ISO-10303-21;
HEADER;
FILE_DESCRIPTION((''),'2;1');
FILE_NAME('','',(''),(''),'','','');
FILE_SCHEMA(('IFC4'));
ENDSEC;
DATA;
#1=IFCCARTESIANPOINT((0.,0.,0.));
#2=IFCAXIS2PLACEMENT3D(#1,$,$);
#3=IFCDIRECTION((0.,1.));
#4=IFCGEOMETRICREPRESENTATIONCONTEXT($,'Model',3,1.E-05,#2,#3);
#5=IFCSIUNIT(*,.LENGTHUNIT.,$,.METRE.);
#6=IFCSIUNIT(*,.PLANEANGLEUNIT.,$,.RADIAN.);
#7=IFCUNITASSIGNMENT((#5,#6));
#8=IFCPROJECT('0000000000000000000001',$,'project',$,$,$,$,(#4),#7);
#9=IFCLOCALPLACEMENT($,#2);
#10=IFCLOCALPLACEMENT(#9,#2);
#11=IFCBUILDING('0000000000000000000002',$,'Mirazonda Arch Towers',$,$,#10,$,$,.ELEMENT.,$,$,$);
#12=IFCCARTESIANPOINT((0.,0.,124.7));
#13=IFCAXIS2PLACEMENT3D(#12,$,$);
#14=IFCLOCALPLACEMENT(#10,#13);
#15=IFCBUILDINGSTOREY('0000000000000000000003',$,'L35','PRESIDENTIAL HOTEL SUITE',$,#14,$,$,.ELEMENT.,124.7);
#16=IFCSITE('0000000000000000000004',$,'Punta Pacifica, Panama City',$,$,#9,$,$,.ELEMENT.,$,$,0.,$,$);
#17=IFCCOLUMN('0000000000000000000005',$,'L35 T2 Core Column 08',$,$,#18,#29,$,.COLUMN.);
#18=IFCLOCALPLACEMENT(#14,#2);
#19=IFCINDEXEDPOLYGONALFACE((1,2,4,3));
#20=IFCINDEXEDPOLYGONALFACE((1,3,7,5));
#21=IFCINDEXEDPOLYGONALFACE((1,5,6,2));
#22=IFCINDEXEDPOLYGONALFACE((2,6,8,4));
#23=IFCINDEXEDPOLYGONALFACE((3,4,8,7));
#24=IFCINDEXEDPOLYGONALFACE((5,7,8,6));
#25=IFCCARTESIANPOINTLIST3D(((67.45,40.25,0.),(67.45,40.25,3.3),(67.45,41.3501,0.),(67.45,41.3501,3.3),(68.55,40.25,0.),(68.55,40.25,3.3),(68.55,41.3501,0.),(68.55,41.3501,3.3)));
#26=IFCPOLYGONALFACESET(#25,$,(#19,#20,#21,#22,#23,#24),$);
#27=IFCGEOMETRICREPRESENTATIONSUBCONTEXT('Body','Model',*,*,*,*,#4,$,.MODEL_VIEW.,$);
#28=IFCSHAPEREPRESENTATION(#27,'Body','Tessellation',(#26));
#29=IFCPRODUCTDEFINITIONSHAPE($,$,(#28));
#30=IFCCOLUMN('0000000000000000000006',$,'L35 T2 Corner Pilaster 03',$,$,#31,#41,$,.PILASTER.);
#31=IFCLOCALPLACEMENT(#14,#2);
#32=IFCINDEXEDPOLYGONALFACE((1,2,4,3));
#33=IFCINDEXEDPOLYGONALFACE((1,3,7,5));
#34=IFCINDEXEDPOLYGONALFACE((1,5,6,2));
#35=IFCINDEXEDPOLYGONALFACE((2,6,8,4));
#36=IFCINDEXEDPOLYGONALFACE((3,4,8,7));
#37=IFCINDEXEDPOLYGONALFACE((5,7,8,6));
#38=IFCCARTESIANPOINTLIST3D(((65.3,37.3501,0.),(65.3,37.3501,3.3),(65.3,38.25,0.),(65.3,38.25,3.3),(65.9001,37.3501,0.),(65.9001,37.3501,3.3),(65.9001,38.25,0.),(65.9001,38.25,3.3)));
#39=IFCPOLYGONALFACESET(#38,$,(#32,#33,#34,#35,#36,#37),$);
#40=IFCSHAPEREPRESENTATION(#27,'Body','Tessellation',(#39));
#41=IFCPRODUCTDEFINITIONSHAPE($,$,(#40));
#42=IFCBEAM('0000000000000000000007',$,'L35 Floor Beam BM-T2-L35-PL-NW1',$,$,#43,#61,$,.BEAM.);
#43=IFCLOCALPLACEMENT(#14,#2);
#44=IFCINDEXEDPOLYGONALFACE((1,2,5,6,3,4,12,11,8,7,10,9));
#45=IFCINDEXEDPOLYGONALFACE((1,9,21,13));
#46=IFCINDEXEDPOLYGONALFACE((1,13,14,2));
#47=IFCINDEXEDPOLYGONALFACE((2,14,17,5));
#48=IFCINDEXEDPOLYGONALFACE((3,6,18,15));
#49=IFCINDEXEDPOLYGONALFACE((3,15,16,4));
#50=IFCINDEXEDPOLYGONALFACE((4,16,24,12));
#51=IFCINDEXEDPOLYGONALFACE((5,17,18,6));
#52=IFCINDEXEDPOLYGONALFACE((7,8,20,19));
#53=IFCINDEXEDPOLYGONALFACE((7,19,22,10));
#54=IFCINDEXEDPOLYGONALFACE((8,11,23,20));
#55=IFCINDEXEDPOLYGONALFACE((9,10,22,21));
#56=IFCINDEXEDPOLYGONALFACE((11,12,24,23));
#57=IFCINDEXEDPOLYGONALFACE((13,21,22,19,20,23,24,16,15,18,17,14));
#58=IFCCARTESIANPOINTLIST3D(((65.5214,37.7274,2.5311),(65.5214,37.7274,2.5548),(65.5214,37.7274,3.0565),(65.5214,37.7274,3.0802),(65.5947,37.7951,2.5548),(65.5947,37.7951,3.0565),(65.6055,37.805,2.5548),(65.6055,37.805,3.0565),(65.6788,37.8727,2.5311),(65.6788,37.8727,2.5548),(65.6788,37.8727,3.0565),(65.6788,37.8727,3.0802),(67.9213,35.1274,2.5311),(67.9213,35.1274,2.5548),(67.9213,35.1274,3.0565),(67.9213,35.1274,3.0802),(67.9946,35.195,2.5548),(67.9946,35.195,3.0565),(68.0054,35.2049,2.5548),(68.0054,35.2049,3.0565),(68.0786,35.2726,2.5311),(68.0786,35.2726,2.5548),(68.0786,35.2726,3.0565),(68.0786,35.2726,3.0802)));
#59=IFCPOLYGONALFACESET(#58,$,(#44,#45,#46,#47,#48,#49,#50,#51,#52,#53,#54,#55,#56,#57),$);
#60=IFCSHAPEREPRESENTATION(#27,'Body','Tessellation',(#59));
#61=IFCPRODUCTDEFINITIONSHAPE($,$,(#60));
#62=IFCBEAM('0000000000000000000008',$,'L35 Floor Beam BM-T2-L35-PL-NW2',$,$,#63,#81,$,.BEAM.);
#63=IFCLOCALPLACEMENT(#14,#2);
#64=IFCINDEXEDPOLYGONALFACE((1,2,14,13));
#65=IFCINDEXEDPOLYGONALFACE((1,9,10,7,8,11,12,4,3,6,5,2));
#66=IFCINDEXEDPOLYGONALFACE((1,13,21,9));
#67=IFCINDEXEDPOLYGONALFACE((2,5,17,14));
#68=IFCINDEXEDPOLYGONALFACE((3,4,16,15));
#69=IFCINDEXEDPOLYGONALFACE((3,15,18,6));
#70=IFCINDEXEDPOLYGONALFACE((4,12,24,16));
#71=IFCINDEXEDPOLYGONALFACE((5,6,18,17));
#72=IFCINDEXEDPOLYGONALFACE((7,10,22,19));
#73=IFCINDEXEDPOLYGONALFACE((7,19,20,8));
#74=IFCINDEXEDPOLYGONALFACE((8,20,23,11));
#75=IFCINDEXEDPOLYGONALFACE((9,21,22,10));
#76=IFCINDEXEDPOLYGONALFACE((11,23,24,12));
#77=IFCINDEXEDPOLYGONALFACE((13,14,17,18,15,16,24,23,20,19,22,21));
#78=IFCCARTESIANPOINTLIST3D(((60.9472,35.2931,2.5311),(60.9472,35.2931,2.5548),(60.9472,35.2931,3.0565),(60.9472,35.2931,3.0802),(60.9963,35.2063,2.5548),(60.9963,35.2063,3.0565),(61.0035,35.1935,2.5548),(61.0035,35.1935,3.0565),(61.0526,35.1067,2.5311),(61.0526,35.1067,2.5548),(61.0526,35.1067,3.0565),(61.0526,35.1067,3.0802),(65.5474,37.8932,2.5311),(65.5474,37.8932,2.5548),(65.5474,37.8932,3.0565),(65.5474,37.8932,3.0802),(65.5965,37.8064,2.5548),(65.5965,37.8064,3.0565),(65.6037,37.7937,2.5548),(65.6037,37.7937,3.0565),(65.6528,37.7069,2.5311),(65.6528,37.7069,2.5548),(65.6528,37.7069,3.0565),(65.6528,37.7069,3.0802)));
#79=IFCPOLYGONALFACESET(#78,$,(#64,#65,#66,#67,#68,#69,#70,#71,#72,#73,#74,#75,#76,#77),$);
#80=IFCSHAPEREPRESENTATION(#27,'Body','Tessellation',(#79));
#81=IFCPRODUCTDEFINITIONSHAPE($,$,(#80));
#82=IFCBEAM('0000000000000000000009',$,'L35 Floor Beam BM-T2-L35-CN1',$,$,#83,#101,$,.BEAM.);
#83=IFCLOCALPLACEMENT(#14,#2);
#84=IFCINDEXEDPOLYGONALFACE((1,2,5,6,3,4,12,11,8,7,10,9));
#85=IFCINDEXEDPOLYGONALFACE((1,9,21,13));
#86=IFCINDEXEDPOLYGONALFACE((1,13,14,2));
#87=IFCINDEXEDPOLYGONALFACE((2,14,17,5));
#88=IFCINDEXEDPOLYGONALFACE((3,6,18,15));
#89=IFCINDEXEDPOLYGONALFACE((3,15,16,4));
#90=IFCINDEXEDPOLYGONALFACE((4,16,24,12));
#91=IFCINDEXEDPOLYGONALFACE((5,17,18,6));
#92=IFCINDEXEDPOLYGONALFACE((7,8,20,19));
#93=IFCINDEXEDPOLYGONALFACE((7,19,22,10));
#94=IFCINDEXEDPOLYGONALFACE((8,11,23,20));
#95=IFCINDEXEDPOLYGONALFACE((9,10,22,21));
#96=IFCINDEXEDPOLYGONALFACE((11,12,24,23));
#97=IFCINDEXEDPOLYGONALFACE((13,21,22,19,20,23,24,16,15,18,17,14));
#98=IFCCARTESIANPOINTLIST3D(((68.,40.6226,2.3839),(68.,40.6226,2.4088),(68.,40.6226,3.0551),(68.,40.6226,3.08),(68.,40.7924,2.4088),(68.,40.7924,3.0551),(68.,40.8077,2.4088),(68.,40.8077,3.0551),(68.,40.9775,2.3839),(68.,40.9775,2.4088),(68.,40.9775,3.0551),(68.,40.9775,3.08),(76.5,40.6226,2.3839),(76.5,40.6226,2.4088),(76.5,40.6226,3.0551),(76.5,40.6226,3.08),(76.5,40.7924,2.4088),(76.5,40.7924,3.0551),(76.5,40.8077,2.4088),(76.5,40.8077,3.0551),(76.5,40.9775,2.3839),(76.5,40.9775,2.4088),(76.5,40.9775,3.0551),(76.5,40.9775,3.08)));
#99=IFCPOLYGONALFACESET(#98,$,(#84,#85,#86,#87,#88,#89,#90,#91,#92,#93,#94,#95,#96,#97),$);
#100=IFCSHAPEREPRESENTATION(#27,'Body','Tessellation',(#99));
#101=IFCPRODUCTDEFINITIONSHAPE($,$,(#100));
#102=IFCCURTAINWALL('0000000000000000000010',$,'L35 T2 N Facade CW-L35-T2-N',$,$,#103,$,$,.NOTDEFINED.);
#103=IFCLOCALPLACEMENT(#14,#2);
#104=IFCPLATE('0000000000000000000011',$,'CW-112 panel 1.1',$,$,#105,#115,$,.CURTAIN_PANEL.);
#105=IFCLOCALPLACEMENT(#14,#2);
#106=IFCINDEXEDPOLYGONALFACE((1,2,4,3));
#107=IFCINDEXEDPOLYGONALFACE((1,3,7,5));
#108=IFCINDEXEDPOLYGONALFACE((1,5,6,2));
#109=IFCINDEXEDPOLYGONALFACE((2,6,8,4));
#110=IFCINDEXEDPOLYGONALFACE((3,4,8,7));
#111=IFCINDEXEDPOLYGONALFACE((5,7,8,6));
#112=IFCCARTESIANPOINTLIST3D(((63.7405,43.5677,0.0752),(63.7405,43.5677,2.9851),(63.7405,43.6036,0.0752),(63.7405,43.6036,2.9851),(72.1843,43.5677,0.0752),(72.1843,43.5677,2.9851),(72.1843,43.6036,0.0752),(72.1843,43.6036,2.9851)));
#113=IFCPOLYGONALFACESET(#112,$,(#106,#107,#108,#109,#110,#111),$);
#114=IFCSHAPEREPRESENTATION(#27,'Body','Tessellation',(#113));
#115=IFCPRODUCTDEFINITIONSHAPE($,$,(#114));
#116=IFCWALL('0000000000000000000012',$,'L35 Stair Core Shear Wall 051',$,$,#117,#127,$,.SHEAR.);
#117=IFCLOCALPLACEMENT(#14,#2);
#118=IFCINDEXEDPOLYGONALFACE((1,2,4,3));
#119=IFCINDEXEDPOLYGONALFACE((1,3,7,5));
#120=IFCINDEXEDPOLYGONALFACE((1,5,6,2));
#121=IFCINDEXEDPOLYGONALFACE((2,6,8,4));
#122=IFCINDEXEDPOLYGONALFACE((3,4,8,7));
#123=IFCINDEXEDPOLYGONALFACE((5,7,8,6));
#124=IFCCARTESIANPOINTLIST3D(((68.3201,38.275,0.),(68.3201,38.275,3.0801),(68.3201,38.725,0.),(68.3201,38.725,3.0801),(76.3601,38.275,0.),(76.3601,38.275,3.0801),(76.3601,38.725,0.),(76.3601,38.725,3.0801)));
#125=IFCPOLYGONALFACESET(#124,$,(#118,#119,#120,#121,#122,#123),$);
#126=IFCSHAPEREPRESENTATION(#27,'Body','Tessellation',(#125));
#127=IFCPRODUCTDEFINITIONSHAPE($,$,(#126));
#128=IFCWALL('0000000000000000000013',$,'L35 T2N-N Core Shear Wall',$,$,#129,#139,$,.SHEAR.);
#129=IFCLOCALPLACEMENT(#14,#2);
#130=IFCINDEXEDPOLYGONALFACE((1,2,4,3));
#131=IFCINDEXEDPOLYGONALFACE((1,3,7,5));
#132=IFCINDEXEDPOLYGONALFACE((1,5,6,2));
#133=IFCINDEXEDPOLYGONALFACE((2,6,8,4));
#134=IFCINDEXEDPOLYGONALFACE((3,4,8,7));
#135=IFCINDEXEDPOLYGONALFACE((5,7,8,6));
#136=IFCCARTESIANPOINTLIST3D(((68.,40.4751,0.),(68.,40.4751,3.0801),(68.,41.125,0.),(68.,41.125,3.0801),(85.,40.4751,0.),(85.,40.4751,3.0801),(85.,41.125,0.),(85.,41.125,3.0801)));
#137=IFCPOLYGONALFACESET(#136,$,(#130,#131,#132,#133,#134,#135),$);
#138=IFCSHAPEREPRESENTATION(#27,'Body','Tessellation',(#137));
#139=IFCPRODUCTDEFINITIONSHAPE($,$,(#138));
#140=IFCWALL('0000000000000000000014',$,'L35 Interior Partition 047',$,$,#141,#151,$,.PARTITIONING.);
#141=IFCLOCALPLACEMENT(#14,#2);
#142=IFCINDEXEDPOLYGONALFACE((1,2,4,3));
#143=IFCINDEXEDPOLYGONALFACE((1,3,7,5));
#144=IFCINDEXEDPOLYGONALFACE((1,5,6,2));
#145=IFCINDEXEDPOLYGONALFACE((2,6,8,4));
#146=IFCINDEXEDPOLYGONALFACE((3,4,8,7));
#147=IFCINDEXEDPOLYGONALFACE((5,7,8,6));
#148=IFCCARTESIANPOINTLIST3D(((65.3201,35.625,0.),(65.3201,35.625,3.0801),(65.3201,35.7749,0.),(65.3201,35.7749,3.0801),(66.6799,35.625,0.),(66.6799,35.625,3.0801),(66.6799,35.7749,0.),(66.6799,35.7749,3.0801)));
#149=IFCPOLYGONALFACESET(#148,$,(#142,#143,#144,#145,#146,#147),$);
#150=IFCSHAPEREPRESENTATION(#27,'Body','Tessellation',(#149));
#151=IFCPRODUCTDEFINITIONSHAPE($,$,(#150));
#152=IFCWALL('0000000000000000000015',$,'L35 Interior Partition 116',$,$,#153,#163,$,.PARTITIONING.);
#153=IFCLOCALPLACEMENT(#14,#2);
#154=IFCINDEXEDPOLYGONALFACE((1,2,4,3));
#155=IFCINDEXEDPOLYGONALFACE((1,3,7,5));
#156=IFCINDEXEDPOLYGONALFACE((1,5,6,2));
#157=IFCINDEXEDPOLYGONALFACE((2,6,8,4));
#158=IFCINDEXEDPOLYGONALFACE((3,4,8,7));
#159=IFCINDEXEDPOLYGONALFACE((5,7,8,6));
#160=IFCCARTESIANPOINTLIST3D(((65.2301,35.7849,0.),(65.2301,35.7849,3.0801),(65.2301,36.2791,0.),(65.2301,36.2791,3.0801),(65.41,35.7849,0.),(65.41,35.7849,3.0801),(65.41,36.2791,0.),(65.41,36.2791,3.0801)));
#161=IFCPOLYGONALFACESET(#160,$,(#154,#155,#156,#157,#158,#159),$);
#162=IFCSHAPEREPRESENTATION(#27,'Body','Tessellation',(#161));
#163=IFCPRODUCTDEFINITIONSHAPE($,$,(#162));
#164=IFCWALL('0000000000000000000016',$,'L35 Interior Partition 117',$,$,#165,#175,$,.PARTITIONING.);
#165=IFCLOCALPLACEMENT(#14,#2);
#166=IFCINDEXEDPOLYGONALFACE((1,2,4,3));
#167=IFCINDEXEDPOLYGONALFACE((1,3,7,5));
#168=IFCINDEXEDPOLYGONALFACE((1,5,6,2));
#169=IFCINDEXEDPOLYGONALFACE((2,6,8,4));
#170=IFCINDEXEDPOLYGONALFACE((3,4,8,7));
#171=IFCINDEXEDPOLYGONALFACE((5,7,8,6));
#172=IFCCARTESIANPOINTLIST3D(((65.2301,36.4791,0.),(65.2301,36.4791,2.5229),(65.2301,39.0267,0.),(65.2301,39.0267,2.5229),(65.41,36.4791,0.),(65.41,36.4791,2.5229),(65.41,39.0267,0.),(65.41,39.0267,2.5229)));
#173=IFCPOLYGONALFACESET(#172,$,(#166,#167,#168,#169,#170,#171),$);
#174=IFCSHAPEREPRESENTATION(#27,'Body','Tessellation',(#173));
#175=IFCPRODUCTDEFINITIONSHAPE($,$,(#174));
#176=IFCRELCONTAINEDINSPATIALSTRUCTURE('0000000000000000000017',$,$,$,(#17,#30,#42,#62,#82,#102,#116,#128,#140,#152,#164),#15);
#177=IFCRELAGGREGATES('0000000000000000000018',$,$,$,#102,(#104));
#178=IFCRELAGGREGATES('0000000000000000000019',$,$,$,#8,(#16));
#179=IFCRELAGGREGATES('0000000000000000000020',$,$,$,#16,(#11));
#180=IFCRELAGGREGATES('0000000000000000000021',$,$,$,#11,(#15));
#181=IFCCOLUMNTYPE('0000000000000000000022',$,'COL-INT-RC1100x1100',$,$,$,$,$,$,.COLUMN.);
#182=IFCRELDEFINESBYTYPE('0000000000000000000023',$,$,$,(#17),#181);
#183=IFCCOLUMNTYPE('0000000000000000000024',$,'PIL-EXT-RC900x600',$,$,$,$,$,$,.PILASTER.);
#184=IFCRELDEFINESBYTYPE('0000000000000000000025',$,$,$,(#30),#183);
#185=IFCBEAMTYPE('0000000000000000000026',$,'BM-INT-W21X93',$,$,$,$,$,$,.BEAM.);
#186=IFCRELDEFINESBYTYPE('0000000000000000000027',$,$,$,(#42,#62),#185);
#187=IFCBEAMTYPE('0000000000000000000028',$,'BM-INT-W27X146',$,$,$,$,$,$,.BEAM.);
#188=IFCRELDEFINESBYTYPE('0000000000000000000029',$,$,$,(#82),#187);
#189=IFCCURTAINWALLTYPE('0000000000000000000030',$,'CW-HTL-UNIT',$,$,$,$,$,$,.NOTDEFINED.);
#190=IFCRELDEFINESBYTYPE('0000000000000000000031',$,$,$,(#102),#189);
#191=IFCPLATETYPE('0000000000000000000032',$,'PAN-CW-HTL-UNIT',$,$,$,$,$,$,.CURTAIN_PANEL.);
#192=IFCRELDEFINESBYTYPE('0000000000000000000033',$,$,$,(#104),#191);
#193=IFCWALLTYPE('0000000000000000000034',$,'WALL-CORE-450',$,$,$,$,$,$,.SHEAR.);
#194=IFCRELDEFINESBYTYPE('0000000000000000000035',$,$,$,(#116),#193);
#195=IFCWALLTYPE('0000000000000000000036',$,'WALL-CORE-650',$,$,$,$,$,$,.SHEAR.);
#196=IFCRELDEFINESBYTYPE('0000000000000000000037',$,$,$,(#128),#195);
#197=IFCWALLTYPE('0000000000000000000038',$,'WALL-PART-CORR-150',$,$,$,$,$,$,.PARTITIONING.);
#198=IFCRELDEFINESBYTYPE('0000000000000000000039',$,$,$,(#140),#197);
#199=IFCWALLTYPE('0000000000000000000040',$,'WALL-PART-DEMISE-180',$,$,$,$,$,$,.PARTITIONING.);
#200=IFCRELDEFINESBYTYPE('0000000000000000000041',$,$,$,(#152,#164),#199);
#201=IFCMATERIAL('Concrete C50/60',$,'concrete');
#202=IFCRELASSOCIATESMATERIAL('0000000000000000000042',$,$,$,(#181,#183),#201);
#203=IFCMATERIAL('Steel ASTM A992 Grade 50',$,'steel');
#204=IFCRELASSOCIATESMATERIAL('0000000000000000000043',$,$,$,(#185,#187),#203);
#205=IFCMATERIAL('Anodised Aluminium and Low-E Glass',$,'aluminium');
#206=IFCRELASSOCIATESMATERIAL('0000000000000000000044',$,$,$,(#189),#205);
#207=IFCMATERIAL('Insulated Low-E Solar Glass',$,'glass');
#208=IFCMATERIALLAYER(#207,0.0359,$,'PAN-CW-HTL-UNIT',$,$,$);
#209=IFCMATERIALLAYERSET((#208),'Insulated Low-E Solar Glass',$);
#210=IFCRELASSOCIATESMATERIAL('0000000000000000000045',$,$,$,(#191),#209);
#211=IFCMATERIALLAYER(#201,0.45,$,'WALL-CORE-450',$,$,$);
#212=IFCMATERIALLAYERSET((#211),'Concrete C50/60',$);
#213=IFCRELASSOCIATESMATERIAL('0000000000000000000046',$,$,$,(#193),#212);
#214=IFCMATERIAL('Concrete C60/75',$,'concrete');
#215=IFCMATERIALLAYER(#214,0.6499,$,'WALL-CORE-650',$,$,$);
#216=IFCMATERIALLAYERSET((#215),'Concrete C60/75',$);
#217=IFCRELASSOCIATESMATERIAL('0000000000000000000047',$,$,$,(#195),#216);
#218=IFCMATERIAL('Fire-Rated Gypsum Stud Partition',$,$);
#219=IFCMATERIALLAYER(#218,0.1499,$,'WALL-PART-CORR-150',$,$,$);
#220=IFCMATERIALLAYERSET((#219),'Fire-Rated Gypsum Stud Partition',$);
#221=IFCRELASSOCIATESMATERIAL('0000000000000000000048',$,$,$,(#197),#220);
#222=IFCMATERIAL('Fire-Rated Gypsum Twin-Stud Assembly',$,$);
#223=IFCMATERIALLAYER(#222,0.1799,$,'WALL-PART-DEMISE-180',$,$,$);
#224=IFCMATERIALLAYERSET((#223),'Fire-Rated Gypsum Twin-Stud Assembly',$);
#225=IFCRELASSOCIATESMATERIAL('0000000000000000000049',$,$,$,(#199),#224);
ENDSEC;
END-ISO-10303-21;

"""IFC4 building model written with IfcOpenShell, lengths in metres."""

from ifc_helpers import new_model, si_unit, direction, frame, frame_2d, origin, origin_2d, place, context, subcontext, project, spatial, rectangle, i_section, extrude, material, layer, layer_set, material_profile, profile_set, type_object, element, aggregate, save


model = new_model("IFC4")

# Units and contexts
model_context = context("Model", 3, precision=1e-05, world=origin(), true_north=direction((0.0, 1.0)))
body_context = subcontext(model_context, "Body", "Model", "MODEL_VIEW")
ifc_project = project(units=[si_unit("LENGTHUNIT", "METRE"), si_unit("PLANEANGLEUNIT", "RADIAN")], contexts=[model_context])

# Site, building, storey
site_placement = place(None, origin())
site = spatial("IfcSite", under=ifc_project, at=site_placement, Name="Punta Pacifica, Panama City", CompositionType="ELEMENT", RefElevation=0.0)
building_placement = place(site_placement, origin())
building = spatial("IfcBuilding", under=site, at=building_placement, Name="Mirazonda Arch Towers", CompositionType="ELEMENT")
storey_placement = place(building_placement, frame((0.0, 0.0, 124.7)))
storey = spatial("IfcBuildingStorey", under=building, at=storey_placement, Name="L35", Description="PRESIDENTIAL HOTEL SUITE", CompositionType="ELEMENT", Elevation=124.7)

# Columns
ifc_material_1 = material(Name="Concrete C50/60", Category="concrete")
ifc_material_profile_1 = material_profile(ifc_material_1, rectangle(XDim=1.1001, YDim=1.1001, at=origin_2d()), Name="RC1100x1100")
ifc_profile_set_1 = profile_set([ifc_material_profile_1], Name="Concrete C50/60")
column_type_1 = type_object("IfcColumnType", Name="COL-INT-RC1100x1100", PredefinedType="COLUMN", material=ifc_profile_set_1)
column_1_placement = place(storey_placement, frame((68.0, 40.8, 0.0), z_axis=(0.0, 0.0, 1.0), x_axis=(1.0, 0.0, 0.0)))
element("IfcColumn", 1, at=column_1_placement, inside=storey, type_object=column_type_1, Name="L35 T2 Core Column 08", PredefinedType="COLUMN", context=body_context, shape_type="SweptSolid", body=[
    extrude(rectangle(XDim=1.1001, YDim=1.1001, at=origin_2d()), origin(), (0.0, 0.0, 1.0), 3.3),
])
ifc_material_profile_2 = material_profile(ifc_material_1, rectangle(XDim=0.6001, YDim=0.8999, at=origin_2d()), Name="RC900x600")
ifc_profile_set_2 = profile_set([ifc_material_profile_2], Name="Concrete C50/60")
column_type_2 = type_object("IfcColumnType", Name="PIL-EXT-RC900x600", PredefinedType="PILASTER", material=ifc_profile_set_2)
column_2_placement = place(storey_placement, frame((65.6001, 37.8, 0.0), z_axis=(0.0, 0.0, 1.0), x_axis=(1.0, 0.0, 0.0)))
element("IfcColumn", 2, at=column_2_placement, inside=storey, type_object=column_type_2, Name="L35 T2 Corner Pilaster 03", PredefinedType="PILASTER", context=body_context, shape_type="SweptSolid", body=[
    extrude(rectangle(XDim=0.6001, YDim=0.8999, at=origin_2d()), origin(), (0.0, 0.0, 1.0), 3.3),
])

# Beams
ifc_material_2 = material(Name="Steel ASTM A992 Grade 50", Category="steel")
ifc_material_profile_3 = material_profile(ifc_material_2, i_section(OverallWidth=0.2141, OverallDepth=0.5491, WebThickness=0.0146, FlangeThickness=0.0237, at=origin_2d()), Name="W21X93")
ifc_profile_set_3 = profile_set([ifc_material_profile_3], Name="Steel ASTM A992 Grade 50")
beam_type_1 = type_object("IfcBeamType", Name="BM-INT-W21X93", PredefinedType="BEAM", material=ifc_profile_set_3)
beam_1_placement = place(storey_placement, frame((65.6001, 37.8, 2.8057), z_axis=(0.678251, -0.73483, 0.0), x_axis=(0.73483, 0.678251, 0.0)))
element("IfcBeam", 3, at=beam_1_placement, inside=storey, type_object=beam_type_1, Name="L35 Floor Beam BM-T2-L35-PL-NW1", PredefinedType="BEAM", context=body_context, shape_type="SweptSolid", body=[
    extrude(i_section(OverallWidth=0.2141, OverallDepth=0.5491, WebThickness=0.0146, FlangeThickness=0.0237, at=origin_2d()), origin(), (0.0, 0.0, 1.0), 3.5383),
])
beam_2_placement = place(storey_placement, frame((65.6001, 37.8, 2.8057), z_axis=(-0.870559, -0.492063, 0.0), x_axis=(0.492063, -0.870559, 0.0)))
element("IfcBeam", 4, at=beam_2_placement, inside=storey, type_object=beam_type_1, Name="L35 Floor Beam BM-T2-L35-PL-NW2", PredefinedType="BEAM", context=body_context, shape_type="SweptSolid", body=[
    extrude(i_section(OverallWidth=0.2141, OverallDepth=0.5491, WebThickness=0.0146, FlangeThickness=0.0237, at=origin_2d()), origin(), (0.0, 0.0, 1.0), 5.2842),
])
ifc_material_profile_4 = material_profile(ifc_material_2, i_section(OverallWidth=0.355, OverallDepth=0.696, WebThickness=0.0154, FlangeThickness=0.0249, at=origin_2d()), Name="W27X146")
ifc_profile_set_4 = profile_set([ifc_material_profile_4], Name="Steel ASTM A992 Grade 50")
beam_type_2 = type_object("IfcBeamType", Name="BM-INT-W27X146", PredefinedType="BEAM", material=ifc_profile_set_4)
beam_3_placement = place(storey_placement, frame((68.0, 40.8, 2.7319), z_axis=(1.0, 0.0, 0.0), x_axis=(0.0, 1.0, 0.0)))
element("IfcBeam", 5, at=beam_3_placement, inside=storey, type_object=beam_type_2, Name="L35 Floor Beam BM-T2-L35-CN1", PredefinedType="BEAM", context=body_context, shape_type="SweptSolid", body=[
    extrude(i_section(OverallWidth=0.355, OverallDepth=0.696, WebThickness=0.0154, FlangeThickness=0.0249, at=origin_2d()), origin(), (0.0, 0.0, 1.0), 8.5),
])

# Curtain wall, plate
ifc_material_3 = material(Name="Anodised Aluminium and Low-E Glass", Category="aluminium")
curtain_wall_type = type_object("IfcCurtainWallType", Name="CW-HTL-UNIT", PredefinedType="NOTDEFINED", material=ifc_material_3)
curtain_wall_placement = place(storey_placement, origin())
curtain_wall = element("IfcCurtainWall", 6, at=curtain_wall_placement, inside=storey, type_object=curtain_wall_type, Name="L35 T2 N Facade CW-L35-T2-N", PredefinedType="NOTDEFINED")
ifc_material_4 = material(Name="Insulated Low-E Solar Glass", Category="glass")
ifc_layer_1 = layer(ifc_material_4, 0.0359, Name="PAN-CW-HTL-UNIT")
ifc_layer_set_1 = layer_set([ifc_layer_1], Name="Insulated Low-E Solar Glass")
plate_type = type_object("IfcPlateType", Name="PAN-CW-HTL-UNIT", PredefinedType="CURTAIN_PANEL", material=ifc_layer_set_1)
plate_placement = place(storey_placement, frame((67.9624, 43.5857, 0.0752), z_axis=(0.0, 0.0, 1.0), x_axis=(1.0, 0.0, 0.0)))
plate = element("IfcPlate", 7, at=plate_placement, type_object=plate_type, Name="CW-112 panel 1.1", PredefinedType="CURTAIN_PANEL", context=body_context, shape_type="SweptSolid", body=[
    extrude(rectangle(XDim=8.4438, YDim=0.0359, at=origin_2d()), origin(), (0.0, 0.0, 1.0), 2.9099),
])
aggregate(curtain_wall, [plate])

# Walls
ifc_layer_2 = layer(ifc_material_1, 0.45, Name="WALL-CORE-450")
ifc_layer_set_2 = layer_set([ifc_layer_2], Name="Concrete C50/60")
wall_type_1 = type_object("IfcWallType", Name="WALL-CORE-450", PredefinedType="SHEAR", material=ifc_layer_set_2)
wall_1_placement = place(storey_placement, frame((68.3201, 38.5, 0.0), z_axis=(0.0, 0.0, 1.0), x_axis=(1.0, 0.0, 0.0)))
element("IfcWall", 8, at=wall_1_placement, inside=storey, type_object=wall_type_1, Name="L35 Stair Core Shear Wall 051", PredefinedType="SHEAR", context=body_context, shape_type="SweptSolid", body=[
    extrude(rectangle(XDim=8.04, YDim=0.45, at=frame_2d((4.02, 0.0))), origin(), (0.0, 0.0, 1.0), 3.0801),
])
ifc_material_5 = material(Name="Concrete C60/75", Category="concrete")
ifc_layer_3 = layer(ifc_material_5, 0.6499, Name="WALL-CORE-650")
ifc_layer_set_3 = layer_set([ifc_layer_3], Name="Concrete C60/75")
wall_type_2 = type_object("IfcWallType", Name="WALL-CORE-650", PredefinedType="SHEAR", material=ifc_layer_set_3)
wall_2_placement = place(storey_placement, frame((68.0, 40.8, 0.0), z_axis=(0.0, 0.0, 1.0), x_axis=(1.0, 0.0, 0.0)))
element("IfcWall", 9, at=wall_2_placement, inside=storey, type_object=wall_type_2, Name="L35 T2N-N Core Shear Wall", PredefinedType="SHEAR", context=body_context, shape_type="SweptSolid", body=[
    extrude(rectangle(XDim=17.0, YDim=0.6499, at=frame_2d((8.5, 0.0))), origin(), (0.0, 0.0, 1.0), 3.0801),
])
ifc_material_6 = material(Name="Fire-Rated Gypsum Stud Partition")
ifc_layer_4 = layer(ifc_material_6, 0.1499, Name="WALL-PART-CORR-150")
ifc_layer_set_4 = layer_set([ifc_layer_4], Name="Fire-Rated Gypsum Stud Partition")
wall_type_3 = type_object("IfcWallType", Name="WALL-PART-CORR-150", PredefinedType="PARTITIONING", material=ifc_layer_set_4)
wall_3_placement = place(storey_placement, frame((65.3201, 35.7, 0.0), z_axis=(0.0, 0.0, 1.0), x_axis=(1.0, 0.0, 0.0)))
element("IfcWall", 10, at=wall_3_placement, inside=storey, type_object=wall_type_3, Name="L35 Interior Partition 047", PredefinedType="PARTITIONING", context=body_context, shape_type="SweptSolid", body=[
    extrude(rectangle(XDim=1.3599, YDim=0.1499, at=frame_2d((0.6799, 0.0))), origin(), (0.0, 0.0, 1.0), 3.0801),
])
ifc_material_7 = material(Name="Fire-Rated Gypsum Twin-Stud Assembly")
ifc_layer_5 = layer(ifc_material_7, 0.1799, Name="WALL-PART-DEMISE-180")
ifc_layer_set_5 = layer_set([ifc_layer_5], Name="Fire-Rated Gypsum Twin-Stud Assembly")
wall_type_4 = type_object("IfcWallType", Name="WALL-PART-DEMISE-180", PredefinedType="PARTITIONING", material=ifc_layer_set_5)
wall_4_placement = place(storey_placement, frame((65.3201, 35.7849, 0.0), z_axis=(0.0, 0.0, 1.0), x_axis=(0.0, 1.0, 0.0)))
element("IfcWall", 11, at=wall_4_placement, inside=storey, type_object=wall_type_4, Name="L35 Interior Partition 116", PredefinedType="PARTITIONING", context=body_context, shape_type="SweptSolid", body=[
    extrude(rectangle(XDim=0.4941, YDim=0.1799, at=frame_2d((0.2471, 0.0))), origin(), (0.0, 0.0, 1.0), 3.0801),
])
wall_5_placement = place(storey_placement, frame((65.3201, 36.479, 0.0), z_axis=(0.0, 0.0, 1.0), x_axis=(0.0, 1.0, 0.0)))
element("IfcWall", 12, at=wall_5_placement, inside=storey, type_object=wall_type_4, Name="L35 Interior Partition 117", PredefinedType="PARTITIONING", context=body_context, shape_type="SweptSolid", body=[
    extrude(rectangle(XDim=2.5476, YDim=0.1799, at=frame_2d((1.2739, 0.0))), origin(), (0.0, 0.0, 1.0), 2.5229),
])

save(model, "model.ifc")
